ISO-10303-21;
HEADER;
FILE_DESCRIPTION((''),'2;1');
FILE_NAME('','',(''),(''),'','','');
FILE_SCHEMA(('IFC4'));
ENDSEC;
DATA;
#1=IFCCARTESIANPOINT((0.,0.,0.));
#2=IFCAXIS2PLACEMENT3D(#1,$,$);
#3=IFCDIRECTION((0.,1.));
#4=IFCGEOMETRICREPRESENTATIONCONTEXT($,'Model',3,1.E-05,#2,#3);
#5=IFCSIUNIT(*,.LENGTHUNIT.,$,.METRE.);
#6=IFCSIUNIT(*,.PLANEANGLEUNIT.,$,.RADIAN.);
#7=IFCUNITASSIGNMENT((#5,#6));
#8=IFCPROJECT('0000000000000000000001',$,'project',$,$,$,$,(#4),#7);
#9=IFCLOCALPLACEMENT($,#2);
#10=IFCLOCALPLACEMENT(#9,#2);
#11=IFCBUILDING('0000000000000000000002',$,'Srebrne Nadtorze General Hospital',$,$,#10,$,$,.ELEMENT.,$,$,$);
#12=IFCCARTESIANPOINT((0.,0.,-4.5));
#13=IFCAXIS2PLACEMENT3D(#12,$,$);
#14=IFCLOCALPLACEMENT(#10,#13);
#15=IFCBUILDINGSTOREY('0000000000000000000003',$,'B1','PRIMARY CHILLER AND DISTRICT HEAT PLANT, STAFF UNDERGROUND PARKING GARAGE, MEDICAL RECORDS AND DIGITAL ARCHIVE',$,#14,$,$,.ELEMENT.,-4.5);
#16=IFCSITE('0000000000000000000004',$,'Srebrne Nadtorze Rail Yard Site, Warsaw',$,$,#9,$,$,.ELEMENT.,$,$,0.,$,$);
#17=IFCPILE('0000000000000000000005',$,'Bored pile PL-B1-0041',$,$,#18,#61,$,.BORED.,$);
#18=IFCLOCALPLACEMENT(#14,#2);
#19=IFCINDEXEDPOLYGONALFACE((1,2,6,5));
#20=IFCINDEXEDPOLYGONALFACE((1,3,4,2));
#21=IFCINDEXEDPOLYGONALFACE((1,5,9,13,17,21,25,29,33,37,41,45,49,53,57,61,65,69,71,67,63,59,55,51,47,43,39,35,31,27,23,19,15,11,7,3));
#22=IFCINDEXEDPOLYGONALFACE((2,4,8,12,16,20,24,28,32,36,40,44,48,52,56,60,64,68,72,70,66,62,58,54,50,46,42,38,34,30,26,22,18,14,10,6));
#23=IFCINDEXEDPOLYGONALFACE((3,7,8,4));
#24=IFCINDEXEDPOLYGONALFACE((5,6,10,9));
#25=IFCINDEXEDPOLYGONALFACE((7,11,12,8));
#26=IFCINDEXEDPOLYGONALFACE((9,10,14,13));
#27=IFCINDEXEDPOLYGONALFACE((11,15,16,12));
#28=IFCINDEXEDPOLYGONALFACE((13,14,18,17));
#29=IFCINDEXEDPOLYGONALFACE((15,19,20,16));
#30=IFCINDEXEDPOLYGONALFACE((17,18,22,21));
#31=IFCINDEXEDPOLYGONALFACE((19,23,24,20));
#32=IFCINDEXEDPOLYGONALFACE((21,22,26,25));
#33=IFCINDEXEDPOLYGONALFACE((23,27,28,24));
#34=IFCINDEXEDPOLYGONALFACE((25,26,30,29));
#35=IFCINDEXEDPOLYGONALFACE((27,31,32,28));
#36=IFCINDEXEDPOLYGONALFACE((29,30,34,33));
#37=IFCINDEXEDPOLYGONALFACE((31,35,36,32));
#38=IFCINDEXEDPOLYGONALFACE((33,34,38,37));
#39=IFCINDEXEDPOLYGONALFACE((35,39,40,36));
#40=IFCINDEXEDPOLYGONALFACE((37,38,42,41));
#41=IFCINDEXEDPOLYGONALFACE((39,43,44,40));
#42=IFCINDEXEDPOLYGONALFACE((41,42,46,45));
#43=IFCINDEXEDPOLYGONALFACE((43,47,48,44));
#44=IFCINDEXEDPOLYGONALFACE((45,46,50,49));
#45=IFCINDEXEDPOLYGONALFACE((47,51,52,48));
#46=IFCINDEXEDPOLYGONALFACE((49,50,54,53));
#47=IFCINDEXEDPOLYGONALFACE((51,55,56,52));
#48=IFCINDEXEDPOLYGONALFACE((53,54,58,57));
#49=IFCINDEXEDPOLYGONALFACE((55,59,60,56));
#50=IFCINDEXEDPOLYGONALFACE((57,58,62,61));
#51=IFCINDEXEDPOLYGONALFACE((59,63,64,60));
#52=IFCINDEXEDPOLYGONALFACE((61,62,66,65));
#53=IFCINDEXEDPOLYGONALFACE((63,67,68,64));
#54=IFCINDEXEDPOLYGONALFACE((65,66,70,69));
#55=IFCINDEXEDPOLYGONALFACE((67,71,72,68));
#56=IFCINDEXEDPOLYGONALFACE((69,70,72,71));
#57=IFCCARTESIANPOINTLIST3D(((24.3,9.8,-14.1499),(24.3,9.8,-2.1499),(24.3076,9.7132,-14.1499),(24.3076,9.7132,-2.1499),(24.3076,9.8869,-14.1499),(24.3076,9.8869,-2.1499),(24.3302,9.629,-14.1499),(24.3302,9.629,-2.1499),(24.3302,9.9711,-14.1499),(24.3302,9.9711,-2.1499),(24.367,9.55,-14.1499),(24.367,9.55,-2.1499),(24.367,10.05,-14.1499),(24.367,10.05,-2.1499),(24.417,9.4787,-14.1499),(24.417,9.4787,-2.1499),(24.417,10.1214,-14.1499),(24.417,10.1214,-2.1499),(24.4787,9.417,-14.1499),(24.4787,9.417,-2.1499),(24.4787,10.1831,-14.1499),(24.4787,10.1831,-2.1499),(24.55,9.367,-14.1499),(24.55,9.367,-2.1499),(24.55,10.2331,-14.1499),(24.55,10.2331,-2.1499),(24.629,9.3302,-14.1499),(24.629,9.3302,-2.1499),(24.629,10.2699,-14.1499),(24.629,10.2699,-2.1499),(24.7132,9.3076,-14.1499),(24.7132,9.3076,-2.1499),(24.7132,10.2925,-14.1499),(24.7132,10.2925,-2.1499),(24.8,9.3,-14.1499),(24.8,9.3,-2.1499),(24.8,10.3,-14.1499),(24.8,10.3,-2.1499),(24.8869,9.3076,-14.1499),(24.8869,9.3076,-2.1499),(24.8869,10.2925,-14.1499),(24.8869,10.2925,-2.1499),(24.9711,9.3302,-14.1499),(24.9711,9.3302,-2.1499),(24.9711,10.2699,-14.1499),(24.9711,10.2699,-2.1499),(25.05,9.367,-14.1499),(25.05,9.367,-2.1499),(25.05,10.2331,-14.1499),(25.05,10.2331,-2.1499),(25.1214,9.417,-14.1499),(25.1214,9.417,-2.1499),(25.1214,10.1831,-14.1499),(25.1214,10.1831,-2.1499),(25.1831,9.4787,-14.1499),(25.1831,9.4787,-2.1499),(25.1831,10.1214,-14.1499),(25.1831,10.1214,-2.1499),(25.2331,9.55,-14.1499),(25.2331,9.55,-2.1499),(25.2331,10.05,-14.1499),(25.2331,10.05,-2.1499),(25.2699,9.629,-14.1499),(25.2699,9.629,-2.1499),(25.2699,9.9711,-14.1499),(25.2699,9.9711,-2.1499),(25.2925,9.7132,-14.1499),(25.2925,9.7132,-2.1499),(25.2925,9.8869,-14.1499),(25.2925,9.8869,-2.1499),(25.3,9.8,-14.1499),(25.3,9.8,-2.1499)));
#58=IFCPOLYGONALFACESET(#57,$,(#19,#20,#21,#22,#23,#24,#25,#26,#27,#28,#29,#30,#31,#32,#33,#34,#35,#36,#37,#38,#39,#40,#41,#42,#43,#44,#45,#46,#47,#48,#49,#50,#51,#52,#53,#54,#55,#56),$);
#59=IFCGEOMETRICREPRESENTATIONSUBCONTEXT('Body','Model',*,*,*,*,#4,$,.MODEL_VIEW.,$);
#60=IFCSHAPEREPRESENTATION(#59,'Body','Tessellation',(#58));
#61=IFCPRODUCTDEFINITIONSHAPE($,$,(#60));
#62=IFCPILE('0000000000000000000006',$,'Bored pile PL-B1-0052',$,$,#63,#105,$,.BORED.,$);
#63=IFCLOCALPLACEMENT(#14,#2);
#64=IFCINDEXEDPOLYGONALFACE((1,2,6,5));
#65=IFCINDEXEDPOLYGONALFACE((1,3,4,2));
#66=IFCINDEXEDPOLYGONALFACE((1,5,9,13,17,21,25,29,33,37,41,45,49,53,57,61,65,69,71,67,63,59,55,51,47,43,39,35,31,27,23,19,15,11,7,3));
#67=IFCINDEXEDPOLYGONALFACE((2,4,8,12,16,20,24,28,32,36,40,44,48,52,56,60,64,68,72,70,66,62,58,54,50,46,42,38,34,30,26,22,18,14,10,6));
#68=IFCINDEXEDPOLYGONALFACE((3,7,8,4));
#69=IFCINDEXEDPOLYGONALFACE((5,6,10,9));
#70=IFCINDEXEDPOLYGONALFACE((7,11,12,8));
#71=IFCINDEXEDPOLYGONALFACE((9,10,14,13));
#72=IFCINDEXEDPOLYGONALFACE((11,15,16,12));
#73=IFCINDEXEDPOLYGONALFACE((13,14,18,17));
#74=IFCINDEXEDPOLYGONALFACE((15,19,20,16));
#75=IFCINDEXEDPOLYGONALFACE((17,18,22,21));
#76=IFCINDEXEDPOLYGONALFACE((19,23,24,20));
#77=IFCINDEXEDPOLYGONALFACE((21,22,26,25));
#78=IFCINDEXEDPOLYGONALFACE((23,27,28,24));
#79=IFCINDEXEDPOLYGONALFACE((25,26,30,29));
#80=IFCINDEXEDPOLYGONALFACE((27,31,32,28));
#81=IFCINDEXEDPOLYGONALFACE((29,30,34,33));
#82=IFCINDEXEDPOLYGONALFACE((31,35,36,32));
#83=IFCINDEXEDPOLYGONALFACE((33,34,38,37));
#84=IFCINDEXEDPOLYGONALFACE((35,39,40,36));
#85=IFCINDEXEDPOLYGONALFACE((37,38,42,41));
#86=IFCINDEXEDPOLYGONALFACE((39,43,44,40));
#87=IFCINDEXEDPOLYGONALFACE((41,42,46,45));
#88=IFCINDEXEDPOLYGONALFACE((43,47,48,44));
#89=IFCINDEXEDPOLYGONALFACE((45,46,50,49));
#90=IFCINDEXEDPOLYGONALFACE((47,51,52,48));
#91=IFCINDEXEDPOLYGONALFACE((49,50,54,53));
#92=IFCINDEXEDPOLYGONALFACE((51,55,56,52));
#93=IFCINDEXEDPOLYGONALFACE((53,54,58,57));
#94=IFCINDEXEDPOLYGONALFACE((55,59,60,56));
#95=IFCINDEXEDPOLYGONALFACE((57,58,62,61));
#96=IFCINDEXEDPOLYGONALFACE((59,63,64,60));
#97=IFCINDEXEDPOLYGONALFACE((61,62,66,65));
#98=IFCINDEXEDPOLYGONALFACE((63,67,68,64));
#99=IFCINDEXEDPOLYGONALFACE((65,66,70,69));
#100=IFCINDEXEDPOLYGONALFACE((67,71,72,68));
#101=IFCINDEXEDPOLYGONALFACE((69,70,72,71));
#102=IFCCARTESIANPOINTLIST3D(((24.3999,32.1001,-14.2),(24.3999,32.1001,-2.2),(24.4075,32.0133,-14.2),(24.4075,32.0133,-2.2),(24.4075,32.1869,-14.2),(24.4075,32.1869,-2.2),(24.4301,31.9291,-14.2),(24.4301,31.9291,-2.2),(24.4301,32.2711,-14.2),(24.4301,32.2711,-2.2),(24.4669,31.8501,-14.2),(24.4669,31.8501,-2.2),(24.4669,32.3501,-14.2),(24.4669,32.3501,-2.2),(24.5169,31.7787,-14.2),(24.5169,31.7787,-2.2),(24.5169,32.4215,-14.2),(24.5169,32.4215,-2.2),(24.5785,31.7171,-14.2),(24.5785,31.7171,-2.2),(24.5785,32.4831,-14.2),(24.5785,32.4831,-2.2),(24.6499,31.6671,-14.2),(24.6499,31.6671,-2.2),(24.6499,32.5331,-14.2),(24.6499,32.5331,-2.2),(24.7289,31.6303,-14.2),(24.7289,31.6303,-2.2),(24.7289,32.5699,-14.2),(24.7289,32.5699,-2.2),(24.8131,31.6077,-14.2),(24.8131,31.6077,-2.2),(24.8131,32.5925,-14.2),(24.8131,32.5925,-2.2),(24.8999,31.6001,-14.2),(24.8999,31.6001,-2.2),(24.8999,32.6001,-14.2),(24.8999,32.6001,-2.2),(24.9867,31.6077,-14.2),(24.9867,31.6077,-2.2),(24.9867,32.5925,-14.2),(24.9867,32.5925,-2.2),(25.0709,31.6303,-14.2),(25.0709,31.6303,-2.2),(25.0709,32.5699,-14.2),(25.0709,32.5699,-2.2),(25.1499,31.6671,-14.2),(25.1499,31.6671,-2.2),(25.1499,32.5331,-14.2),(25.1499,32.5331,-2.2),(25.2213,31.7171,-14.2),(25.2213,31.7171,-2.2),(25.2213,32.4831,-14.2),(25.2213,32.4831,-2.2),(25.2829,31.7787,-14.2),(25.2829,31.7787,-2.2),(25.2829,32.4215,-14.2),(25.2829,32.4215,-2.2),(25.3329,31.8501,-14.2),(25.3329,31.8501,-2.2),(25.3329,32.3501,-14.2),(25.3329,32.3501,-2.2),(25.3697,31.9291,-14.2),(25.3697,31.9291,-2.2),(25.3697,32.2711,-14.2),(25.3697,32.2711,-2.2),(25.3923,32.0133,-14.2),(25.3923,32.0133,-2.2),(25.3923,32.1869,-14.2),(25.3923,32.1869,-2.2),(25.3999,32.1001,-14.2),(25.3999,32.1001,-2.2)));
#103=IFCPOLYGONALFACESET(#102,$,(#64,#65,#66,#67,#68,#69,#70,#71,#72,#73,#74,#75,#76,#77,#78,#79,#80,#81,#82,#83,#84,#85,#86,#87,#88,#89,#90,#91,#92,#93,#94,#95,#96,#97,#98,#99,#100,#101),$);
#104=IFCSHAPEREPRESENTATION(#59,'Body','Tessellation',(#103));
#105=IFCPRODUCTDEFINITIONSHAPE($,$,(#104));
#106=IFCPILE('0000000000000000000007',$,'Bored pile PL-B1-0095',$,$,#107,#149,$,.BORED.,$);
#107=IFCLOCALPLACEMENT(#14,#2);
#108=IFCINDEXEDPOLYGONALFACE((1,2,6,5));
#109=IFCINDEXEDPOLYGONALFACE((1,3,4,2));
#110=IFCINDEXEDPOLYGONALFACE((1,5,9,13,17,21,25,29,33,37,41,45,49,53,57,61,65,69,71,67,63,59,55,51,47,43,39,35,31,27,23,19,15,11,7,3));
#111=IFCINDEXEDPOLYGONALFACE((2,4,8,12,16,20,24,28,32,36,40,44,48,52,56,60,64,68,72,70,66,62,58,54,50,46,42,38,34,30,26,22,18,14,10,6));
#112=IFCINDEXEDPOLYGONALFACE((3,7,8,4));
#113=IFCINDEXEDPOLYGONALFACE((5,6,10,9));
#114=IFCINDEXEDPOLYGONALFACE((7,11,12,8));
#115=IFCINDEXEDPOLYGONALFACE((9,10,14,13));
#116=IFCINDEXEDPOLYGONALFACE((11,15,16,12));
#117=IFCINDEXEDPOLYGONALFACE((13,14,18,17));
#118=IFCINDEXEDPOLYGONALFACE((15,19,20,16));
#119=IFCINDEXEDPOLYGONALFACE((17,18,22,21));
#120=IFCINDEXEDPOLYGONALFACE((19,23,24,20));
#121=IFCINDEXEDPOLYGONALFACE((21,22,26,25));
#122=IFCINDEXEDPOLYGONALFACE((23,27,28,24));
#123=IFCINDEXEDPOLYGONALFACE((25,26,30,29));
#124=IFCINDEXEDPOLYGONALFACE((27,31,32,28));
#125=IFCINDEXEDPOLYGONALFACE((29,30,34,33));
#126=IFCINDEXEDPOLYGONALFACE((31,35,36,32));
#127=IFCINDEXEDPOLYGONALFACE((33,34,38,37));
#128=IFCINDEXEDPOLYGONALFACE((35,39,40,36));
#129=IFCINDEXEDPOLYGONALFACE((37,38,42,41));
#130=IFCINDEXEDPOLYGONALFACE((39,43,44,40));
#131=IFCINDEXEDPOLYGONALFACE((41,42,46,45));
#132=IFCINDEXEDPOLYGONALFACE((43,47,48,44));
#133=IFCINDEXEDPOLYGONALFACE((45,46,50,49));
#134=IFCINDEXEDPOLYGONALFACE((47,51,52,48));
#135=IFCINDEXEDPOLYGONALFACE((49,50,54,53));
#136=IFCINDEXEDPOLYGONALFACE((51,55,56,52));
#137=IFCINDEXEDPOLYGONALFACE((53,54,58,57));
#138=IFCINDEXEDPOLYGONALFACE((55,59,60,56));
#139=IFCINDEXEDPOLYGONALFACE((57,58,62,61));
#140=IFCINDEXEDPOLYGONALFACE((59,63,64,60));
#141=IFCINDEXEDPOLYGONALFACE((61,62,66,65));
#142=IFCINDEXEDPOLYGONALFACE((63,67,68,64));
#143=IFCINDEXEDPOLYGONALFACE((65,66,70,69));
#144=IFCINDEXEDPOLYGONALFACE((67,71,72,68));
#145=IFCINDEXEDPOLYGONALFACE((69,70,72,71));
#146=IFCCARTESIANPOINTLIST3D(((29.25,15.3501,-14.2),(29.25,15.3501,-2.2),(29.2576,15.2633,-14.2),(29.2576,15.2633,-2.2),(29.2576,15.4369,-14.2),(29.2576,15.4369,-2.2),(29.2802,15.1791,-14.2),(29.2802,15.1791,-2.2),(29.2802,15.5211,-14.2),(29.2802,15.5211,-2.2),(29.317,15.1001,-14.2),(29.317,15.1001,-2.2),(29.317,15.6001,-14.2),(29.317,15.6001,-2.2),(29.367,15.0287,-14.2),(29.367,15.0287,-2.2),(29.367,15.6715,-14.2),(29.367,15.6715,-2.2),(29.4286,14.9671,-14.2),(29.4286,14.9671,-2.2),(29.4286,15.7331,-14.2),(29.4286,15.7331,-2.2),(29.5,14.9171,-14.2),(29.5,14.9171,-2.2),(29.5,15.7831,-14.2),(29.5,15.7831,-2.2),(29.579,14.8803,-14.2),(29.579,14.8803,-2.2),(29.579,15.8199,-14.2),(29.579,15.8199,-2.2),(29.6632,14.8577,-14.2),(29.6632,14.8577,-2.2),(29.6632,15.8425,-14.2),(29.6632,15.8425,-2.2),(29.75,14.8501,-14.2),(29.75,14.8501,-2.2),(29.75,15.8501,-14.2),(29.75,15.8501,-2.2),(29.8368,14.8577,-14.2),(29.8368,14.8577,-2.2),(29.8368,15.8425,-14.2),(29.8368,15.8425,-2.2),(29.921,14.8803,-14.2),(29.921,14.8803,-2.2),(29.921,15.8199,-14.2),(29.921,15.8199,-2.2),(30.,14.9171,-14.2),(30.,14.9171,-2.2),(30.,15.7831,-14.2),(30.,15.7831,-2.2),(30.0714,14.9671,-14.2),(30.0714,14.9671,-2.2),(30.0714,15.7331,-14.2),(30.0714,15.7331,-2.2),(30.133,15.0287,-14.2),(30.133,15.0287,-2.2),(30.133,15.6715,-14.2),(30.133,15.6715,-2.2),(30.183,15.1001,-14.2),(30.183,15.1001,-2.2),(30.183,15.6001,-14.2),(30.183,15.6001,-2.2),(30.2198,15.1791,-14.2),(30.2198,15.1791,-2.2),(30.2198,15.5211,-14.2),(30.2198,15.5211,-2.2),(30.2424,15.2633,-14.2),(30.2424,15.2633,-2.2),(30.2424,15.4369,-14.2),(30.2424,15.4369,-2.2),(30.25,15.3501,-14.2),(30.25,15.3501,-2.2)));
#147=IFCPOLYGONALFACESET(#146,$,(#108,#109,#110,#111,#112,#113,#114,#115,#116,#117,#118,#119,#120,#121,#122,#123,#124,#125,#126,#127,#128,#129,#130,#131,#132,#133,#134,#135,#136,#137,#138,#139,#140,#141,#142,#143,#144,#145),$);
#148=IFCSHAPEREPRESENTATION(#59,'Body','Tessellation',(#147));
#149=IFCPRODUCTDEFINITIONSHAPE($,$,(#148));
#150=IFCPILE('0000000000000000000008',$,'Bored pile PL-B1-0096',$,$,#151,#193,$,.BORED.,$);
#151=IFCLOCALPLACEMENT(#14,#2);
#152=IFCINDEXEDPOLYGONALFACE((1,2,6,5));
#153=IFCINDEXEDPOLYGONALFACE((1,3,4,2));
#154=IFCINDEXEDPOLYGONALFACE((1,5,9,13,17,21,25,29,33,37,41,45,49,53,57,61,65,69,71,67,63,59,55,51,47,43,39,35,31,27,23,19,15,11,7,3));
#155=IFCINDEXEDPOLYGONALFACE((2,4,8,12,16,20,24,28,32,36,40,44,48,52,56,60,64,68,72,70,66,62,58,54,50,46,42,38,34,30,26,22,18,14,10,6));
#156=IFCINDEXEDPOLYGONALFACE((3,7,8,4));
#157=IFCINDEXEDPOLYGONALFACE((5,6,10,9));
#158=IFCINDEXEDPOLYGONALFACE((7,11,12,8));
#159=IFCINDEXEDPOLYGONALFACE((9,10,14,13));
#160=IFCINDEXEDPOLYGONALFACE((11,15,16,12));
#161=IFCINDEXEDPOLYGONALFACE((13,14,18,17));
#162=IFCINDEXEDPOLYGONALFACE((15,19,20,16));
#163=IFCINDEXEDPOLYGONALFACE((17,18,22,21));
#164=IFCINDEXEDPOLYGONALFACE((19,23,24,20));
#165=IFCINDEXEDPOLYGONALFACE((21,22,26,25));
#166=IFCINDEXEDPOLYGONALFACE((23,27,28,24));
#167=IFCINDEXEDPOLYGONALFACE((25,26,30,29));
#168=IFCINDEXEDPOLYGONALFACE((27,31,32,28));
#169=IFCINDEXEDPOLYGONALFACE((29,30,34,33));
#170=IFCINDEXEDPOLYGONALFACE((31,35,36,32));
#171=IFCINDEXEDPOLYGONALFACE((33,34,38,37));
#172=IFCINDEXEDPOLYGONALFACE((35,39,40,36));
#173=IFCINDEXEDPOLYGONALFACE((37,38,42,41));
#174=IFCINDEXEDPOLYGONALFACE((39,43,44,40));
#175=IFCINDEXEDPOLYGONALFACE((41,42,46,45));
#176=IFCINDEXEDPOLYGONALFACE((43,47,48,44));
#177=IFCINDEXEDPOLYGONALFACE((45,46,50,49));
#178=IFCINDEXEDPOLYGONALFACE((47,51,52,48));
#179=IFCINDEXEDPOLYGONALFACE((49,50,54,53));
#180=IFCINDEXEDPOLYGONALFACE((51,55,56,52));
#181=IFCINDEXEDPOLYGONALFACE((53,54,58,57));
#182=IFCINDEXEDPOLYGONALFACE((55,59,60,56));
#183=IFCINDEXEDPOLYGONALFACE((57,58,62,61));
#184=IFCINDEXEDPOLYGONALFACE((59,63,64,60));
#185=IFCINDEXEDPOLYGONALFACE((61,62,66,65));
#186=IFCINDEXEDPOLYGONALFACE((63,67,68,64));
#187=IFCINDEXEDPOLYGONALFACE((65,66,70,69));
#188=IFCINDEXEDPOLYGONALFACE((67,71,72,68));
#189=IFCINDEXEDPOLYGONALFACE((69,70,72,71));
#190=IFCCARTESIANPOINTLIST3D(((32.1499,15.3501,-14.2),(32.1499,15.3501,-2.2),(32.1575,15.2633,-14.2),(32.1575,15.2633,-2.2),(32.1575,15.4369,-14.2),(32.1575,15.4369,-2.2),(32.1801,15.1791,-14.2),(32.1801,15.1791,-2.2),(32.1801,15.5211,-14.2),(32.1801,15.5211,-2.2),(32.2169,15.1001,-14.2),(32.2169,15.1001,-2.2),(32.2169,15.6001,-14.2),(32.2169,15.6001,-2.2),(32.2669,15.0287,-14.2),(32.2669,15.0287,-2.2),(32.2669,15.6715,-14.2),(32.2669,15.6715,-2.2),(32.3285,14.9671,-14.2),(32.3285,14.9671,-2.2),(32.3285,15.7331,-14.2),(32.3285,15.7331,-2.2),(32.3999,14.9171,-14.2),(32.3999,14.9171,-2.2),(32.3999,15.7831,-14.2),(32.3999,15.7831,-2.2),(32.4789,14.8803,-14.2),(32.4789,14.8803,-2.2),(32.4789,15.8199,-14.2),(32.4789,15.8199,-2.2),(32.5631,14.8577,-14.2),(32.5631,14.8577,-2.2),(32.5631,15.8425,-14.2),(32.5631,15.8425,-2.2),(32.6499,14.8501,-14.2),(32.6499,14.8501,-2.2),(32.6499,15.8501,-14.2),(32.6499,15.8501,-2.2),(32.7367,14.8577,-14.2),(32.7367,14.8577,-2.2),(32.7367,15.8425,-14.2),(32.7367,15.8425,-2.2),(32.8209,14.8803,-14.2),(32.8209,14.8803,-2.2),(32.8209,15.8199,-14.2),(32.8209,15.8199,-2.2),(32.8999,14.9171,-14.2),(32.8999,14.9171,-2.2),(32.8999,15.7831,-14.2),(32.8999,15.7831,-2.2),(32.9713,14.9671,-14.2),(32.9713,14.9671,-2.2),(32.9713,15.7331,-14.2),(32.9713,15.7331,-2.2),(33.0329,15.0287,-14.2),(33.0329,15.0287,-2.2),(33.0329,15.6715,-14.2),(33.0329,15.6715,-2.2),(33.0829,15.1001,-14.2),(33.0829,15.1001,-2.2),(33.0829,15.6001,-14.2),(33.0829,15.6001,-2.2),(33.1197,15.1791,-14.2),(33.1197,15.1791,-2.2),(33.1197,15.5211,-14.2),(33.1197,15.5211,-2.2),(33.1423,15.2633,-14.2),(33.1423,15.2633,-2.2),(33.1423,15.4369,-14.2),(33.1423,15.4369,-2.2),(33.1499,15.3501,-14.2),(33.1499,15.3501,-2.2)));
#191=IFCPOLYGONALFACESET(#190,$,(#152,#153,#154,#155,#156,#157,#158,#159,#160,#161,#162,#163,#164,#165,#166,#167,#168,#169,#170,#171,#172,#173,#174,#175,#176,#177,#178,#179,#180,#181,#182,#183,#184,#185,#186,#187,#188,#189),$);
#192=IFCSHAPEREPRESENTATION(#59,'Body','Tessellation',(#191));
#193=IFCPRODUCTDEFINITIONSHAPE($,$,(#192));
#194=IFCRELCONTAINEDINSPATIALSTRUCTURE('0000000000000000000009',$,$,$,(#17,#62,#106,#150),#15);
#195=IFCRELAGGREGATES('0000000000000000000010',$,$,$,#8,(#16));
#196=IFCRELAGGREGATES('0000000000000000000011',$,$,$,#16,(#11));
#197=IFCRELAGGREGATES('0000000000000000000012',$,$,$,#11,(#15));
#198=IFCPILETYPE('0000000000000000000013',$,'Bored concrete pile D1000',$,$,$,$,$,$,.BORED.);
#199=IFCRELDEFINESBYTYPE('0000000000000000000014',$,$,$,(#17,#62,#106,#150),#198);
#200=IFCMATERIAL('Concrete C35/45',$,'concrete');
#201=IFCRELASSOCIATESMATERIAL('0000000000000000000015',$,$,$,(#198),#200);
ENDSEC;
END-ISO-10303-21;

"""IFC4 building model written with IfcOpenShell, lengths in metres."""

from ifc_helpers import new_model, si_unit, direction, frame, origin, origin_2d, place, context, subcontext, project, spatial, circle, extrude, material, material_profile, profile_set, type_object, element, save


model = new_model("IFC4")

# Units and contexts
model_context = context("Model", 3, precision=1e-05, world=origin(), true_north=direction((0.0, 1.0)))
body_context = subcontext(model_context, "Body", "Model", "MODEL_VIEW")
ifc_project = project(units=[si_unit("LENGTHUNIT", "METRE"), si_unit("PLANEANGLEUNIT", "RADIAN")], contexts=[model_context])

# Site, building, storey
site_placement = place(None, origin())
site = spatial("IfcSite", under=ifc_project, at=site_placement, Name="Srebrne Nadtorze Rail Yard Site, Warsaw", CompositionType="ELEMENT", RefElevation=0.0)
building_placement = place(site_placement, origin())
building = spatial("IfcBuilding", under=site, at=building_placement, Name="Srebrne Nadtorze General Hospital", CompositionType="ELEMENT")
storey_placement = place(building_placement, frame((0.0, 0.0, -4.5)))
storey = spatial("IfcBuildingStorey", under=building, at=storey_placement, Name="B1", Description="PRIMARY CHILLER AND DISTRICT HEAT PLANT, STAFF UNDERGROUND PARKING GARAGE, MEDICAL RECORDS AND DIGITAL ARCHIVE", CompositionType="ELEMENT", Elevation=-4.5)

# Piles
ifc_material_1 = material(Name="Concrete C35/45", Category="concrete")
ifc_material_profile_1 = material_profile(ifc_material_1, circle(Radius=0.5, at=origin_2d()), Name="PILE-D1000")
ifc_profile_set_1 = profile_set([ifc_material_profile_1], Name="Concrete C35/45")
pile_type_1 = type_object("IfcPileType", Name="Bored concrete pile D1000", PredefinedType="BORED", material=ifc_profile_set_1)
for number, where, z_axis, x_axis, name in (
    (1, (24.8, 9.8, -2.1499), (0.0, 0.0, -1.0), (1.0, 0.0, 0.0), "Bored pile PL-B1-0041"),
    (2, (24.8999, 32.1001, -2.2), (0.0, 0.0, -1.0), (1.0, 0.0, 0.0), "Bored pile PL-B1-0052"),
    (3, (29.75, 15.3501, -2.2), (0.0, 0.0, -1.0), (1.0, 0.0, 0.0), "Bored pile PL-B1-0095"),
    (4, (32.6499, 15.3501, -2.2), (0.0, 0.0, -1.0), (1.0, 0.0, 0.0), "Bored pile PL-B1-0096"),
):
    element("IfcPile", number, at=place(storey_placement, frame(where, z_axis=z_axis, x_axis=x_axis)), inside=storey, type_object=pile_type_1, Name=name, PredefinedType="BORED", context=body_context, shape_type="SweptSolid", body=[
        extrude(circle(Radius=0.5, at=origin_2d()), origin(), (0.0, 0.0, 1.0), 12.0),
    ])

save(model, "model.ifc")
